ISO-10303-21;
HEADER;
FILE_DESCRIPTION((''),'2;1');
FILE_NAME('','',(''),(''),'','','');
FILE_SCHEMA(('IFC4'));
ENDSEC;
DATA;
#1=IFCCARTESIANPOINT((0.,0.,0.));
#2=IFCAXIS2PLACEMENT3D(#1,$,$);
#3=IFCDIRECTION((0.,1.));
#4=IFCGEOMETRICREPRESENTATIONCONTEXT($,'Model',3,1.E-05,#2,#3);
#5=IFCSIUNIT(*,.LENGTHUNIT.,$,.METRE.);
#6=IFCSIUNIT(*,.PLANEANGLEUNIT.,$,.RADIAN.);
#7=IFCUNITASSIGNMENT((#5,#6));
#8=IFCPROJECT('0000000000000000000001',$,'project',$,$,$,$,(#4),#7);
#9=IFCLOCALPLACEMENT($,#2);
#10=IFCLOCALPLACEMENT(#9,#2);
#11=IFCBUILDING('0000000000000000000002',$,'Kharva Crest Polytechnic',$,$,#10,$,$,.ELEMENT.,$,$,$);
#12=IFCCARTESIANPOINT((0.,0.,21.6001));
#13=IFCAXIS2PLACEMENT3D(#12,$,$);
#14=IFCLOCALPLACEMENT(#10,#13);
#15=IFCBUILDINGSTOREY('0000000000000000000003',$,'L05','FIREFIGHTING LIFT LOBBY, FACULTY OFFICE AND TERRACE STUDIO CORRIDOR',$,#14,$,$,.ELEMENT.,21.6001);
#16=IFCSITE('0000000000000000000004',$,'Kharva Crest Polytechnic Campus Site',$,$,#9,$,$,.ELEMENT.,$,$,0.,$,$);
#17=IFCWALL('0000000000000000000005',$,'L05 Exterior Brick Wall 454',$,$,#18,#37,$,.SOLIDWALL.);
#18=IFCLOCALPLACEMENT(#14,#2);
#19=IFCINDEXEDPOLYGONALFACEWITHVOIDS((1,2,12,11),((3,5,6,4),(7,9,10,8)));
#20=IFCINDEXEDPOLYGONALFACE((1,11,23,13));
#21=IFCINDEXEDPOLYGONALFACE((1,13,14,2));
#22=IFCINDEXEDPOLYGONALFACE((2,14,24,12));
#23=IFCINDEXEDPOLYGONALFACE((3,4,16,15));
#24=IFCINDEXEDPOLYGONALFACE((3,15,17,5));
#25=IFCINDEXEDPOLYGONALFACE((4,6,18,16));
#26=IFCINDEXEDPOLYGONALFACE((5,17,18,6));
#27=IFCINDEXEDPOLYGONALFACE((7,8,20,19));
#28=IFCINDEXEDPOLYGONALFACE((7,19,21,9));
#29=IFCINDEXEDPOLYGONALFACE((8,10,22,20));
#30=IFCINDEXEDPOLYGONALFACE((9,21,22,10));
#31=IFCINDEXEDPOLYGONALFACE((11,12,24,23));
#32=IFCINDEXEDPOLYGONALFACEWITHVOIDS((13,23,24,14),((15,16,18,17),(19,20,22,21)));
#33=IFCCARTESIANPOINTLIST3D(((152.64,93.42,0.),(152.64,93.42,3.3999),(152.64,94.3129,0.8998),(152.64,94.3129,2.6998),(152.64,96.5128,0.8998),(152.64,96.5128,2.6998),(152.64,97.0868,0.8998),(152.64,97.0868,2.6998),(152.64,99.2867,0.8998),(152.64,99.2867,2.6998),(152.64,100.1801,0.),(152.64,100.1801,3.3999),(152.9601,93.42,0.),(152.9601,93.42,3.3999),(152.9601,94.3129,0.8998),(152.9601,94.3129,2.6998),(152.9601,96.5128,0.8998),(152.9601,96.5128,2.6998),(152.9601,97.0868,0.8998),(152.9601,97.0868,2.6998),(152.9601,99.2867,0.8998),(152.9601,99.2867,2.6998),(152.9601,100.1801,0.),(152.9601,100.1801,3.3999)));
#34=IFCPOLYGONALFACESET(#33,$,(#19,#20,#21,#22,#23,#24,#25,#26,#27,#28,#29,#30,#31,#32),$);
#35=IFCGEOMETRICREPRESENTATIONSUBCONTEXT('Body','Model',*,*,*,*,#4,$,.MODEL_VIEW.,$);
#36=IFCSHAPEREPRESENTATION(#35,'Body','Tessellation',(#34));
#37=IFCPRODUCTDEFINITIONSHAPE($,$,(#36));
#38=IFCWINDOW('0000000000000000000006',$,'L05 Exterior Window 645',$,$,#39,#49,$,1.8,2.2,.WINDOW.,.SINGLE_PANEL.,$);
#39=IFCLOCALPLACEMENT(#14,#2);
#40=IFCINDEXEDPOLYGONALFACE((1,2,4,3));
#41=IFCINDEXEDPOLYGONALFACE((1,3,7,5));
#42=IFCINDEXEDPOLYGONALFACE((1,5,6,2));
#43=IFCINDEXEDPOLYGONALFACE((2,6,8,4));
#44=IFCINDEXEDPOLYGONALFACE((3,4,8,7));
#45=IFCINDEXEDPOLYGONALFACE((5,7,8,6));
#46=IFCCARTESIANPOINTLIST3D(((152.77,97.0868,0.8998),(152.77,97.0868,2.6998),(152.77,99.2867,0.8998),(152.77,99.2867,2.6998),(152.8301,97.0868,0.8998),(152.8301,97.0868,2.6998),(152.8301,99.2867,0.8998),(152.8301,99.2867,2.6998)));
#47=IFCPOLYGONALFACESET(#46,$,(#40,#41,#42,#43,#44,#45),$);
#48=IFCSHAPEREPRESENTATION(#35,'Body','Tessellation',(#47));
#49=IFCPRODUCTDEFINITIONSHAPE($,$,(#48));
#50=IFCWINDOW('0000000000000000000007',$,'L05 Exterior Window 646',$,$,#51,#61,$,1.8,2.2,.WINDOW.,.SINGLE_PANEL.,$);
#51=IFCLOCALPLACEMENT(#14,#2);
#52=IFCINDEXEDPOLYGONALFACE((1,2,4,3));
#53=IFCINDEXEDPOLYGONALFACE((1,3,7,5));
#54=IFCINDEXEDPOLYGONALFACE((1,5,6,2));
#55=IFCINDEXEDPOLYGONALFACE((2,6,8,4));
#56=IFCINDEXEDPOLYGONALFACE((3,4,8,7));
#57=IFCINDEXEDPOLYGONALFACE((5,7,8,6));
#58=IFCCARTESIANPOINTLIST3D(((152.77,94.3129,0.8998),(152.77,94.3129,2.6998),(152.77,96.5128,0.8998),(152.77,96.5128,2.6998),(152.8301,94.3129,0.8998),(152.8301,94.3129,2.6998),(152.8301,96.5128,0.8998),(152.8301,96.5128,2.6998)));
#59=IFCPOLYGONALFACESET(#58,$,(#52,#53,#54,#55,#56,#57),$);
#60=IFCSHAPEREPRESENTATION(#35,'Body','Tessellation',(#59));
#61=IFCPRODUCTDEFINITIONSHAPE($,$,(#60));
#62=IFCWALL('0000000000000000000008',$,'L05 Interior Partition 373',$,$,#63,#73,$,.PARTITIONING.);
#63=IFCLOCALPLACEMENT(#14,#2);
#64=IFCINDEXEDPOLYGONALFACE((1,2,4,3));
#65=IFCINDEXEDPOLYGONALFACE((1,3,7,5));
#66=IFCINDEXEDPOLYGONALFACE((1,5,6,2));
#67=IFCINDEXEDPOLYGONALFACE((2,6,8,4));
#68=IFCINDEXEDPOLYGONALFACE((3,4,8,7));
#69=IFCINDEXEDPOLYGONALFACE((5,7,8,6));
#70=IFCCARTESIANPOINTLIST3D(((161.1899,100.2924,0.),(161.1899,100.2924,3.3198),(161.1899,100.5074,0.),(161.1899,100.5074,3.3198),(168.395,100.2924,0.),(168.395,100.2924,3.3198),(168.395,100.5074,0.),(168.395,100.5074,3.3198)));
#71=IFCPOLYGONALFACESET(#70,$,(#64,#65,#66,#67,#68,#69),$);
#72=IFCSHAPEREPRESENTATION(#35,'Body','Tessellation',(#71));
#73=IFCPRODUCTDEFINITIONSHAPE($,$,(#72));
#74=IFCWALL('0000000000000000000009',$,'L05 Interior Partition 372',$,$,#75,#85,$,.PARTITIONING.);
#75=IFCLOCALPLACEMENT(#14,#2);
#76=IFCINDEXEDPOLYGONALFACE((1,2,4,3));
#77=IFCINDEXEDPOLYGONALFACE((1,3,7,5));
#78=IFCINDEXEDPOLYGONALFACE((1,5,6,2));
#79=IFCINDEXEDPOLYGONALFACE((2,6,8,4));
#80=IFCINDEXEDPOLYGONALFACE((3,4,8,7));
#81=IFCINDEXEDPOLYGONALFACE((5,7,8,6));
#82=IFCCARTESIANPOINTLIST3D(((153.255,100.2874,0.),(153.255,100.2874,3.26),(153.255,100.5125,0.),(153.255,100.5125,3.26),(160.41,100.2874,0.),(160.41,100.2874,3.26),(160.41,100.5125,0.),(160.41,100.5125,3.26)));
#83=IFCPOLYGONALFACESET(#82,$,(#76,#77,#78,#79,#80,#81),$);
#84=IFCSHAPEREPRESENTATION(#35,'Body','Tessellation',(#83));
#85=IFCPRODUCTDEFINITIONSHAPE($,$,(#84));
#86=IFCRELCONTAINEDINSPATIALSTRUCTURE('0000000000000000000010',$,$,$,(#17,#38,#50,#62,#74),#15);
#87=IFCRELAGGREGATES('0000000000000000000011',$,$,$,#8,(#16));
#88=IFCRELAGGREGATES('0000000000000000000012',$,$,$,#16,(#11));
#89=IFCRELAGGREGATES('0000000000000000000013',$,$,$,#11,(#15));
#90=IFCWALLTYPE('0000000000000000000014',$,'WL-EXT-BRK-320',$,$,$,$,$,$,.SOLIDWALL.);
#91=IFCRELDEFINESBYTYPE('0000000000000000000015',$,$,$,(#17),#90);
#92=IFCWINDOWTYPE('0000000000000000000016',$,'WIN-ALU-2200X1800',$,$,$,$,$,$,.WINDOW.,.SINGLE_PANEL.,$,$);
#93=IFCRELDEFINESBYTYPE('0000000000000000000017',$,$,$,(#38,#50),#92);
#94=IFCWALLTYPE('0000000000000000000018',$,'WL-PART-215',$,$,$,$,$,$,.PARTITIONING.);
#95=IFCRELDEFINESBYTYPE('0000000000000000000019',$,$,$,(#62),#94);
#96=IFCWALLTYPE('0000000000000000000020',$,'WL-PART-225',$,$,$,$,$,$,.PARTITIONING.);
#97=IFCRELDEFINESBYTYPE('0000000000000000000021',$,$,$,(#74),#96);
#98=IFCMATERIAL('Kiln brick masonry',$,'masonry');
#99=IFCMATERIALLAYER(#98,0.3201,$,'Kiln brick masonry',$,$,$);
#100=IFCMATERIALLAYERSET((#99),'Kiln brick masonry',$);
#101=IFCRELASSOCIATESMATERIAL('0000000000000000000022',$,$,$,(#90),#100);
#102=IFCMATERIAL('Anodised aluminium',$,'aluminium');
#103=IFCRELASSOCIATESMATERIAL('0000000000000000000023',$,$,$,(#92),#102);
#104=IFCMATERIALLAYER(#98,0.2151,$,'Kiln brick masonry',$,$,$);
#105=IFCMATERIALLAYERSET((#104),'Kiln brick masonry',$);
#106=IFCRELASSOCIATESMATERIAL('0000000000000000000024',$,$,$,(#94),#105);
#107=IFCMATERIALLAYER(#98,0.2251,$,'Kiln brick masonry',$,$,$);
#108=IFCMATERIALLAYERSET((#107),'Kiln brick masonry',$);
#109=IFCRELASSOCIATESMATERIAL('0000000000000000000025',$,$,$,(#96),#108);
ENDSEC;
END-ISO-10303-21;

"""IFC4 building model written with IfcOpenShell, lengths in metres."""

from ifc_helpers import new_model, si_unit, direction, frame, frame_2d, origin, place, context, subcontext, project, spatial, rectangle, extrude, material, layer, layer_set, type_object, element, fill, save


model = new_model("IFC4")

# Units and contexts
model_context = context("Model", 3, precision=1e-05, world=origin(), true_north=direction((0.0, 1.0)))
body_context = subcontext(model_context, "Body", "Model", "MODEL_VIEW")
ifc_project = project(units=[si_unit("LENGTHUNIT", "METRE"), si_unit("PLANEANGLEUNIT", "RADIAN")], contexts=[model_context])

# Site, building, storey
site_placement = place(None, origin())
site = spatial("IfcSite", under=ifc_project, at=site_placement, Name="Kharva Crest Polytechnic Campus Site", CompositionType="ELEMENT", RefElevation=0.0)
building_placement = place(site_placement, origin())
building = spatial("IfcBuilding", under=site, at=building_placement, Name="Kharva Crest Polytechnic", CompositionType="ELEMENT")
storey_placement = place(building_placement, frame((0.0, 0.0, 21.6001)))
storey = spatial("IfcBuildingStorey", under=building, at=storey_placement, Name="L05", Description="FIREFIGHTING LIFT LOBBY, FACULTY OFFICE AND TERRACE STUDIO CORRIDOR", CompositionType="ELEMENT", Elevation=21.6001)

# Wall, openings, windows
ifc_material_1 = material(Name="Kiln brick masonry", Category="masonry")
ifc_material_2 = material(Name="Anodised aluminium", Category="aluminium")
ifc_layer_1 = layer(ifc_material_1, 0.3201, Name="Kiln brick masonry")
ifc_layer_set_1 = layer_set([ifc_layer_1], Name="Kiln brick masonry")
wall_type_1 = type_object("IfcWallType", Name="WL-EXT-BRK-320", PredefinedType="SOLIDWALL", material=ifc_layer_set_1)
wall_1_placement = place(storey_placement, frame((152.8, 100.1799, 0.0), z_axis=(0.0, 0.0, 1.0), x_axis=(0.0, -1.0, 0.0)))
wall_1 = element("IfcWall", 1, at=wall_1_placement, inside=storey, type_object=wall_type_1, Name="L05 Exterior Brick Wall 454", PredefinedType="SOLIDWALL", context=body_context, shape_type="SweptSolid", body=[
    extrude(rectangle(XDim=6.76, YDim=0.3201, at=frame_2d((3.3799, 0.0))), origin(), (0.0, 0.0, 1.0), 3.3999),
])
opening_1_placement = place(wall_1_placement, frame((0.8931, 0.0, 0.8999)))
opening_1 = element("IfcOpeningElement", 2, at=opening_1_placement, cuts=wall_1, PredefinedType="OPENING", context=body_context, shape_type="SweptSolid", body=[
    extrude(rectangle(XDim=2.2, YDim=1.8, at=frame_2d((1.1001, 0.8999))), frame((0.0, 0.1699, 0.0), z_axis=(0.0, -1.0, 0.0), x_axis=(1.0, 0.0, 0.0)), (0.0, 0.0, 1.0), 0.3401),
])
opening_2_placement = place(wall_1_placement, frame((3.667, 0.0, 0.8999)))
opening_2 = element("IfcOpeningElement", 3, at=opening_2_placement, cuts=wall_1, PredefinedType="OPENING", context=body_context, shape_type="SweptSolid", body=[
    extrude(rectangle(XDim=2.2, YDim=1.8, at=frame_2d((1.1001, 0.8999))), frame((0.0, 0.1699, 0.0), z_axis=(0.0, -1.0, 0.0), x_axis=(1.0, 0.0, 0.0)), (0.0, 0.0, 1.0), 0.3401),
])
window_type_1 = type_object("IfcWindowType", Name="WIN-ALU-2200X1800", PartitioningType="SINGLE_PANEL", PredefinedType="WINDOW", material=ifc_material_2)
window_1_placement = place(opening_1_placement, origin())
window_1 = element("IfcWindow", 4, at=window_1_placement, inside=storey, type_object=window_type_1, Name="L05 Exterior Window 645", OverallHeight=1.8, OverallWidth=2.2, PartitioningType="SINGLE_PANEL", PredefinedType="WINDOW", context=body_context, shape_type="SweptSolid", body=[
    extrude(rectangle(XDim=2.2, YDim=1.8, at=frame_2d((1.1001, 0.8999))), frame((0.0, 0.03, 0.0), z_axis=(0.0, -1.0, 0.0), x_axis=(1.0, 0.0, 0.0)), (0.0, 0.0, 1.0), 0.0601),
])
fill(opening_1, window_1)
window_2_placement = place(opening_2_placement, origin())
window_2 = element("IfcWindow", 5, at=window_2_placement, inside=storey, type_object=window_type_1, Name="L05 Exterior Window 646", OverallHeight=1.8, OverallWidth=2.2, PartitioningType="SINGLE_PANEL", PredefinedType="WINDOW", context=body_context, shape_type="SweptSolid", body=[
    extrude(rectangle(XDim=2.2, YDim=1.8, at=frame_2d((1.1001, 0.8999))), frame((0.0, 0.03, 0.0), z_axis=(0.0, -1.0, 0.0), x_axis=(1.0, 0.0, 0.0)), (0.0, 0.0, 1.0), 0.0601),
])
fill(opening_2, window_2)

# Walls
ifc_layer_2 = layer(ifc_material_1, 0.2151, Name="Kiln brick masonry")
ifc_layer_set_2 = layer_set([ifc_layer_2], Name="Kiln brick masonry")
wall_type_2 = type_object("IfcWallType", Name="WL-PART-215", PredefinedType="PARTITIONING", material=ifc_layer_set_2)
wall_2_placement = place(storey_placement, frame((161.1899, 100.3999, 0.0), z_axis=(0.0, 0.0, 1.0), x_axis=(1.0, 0.0, 0.0)))
element("IfcWall", 6, at=wall_2_placement, inside=storey, type_object=wall_type_2, Name="L05 Interior Partition 373", PredefinedType="PARTITIONING", context=body_context, shape_type="SweptSolid", body=[
    extrude(rectangle(XDim=7.2051, YDim=0.2151, at=frame_2d((3.6025, 0.0))), origin(), (0.0, 0.0, 1.0), 3.3198),
])
ifc_layer_3 = layer(ifc_material_1, 0.2251, Name="Kiln brick masonry")
ifc_layer_set_3 = layer_set([ifc_layer_3], Name="Kiln brick masonry")
wall_type_3 = type_object("IfcWallType", Name="WL-PART-225", PredefinedType="PARTITIONING", material=ifc_layer_set_3)
wall_3_placement = place(storey_placement, frame((153.2549, 100.3999, 0.0), z_axis=(0.0, 0.0, 1.0), x_axis=(1.0, 0.0, 0.0)))
element("IfcWall", 7, at=wall_3_placement, inside=storey, type_object=wall_type_3, Name="L05 Interior Partition 372", PredefinedType="PARTITIONING", context=body_context, shape_type="SweptSolid", body=[
    extrude(rectangle(XDim=7.155, YDim=0.2251, at=frame_2d((3.5776, 0.0))), origin(), (0.0, 0.0, 1.0), 3.26),
])

save(model, "model.ifc")
